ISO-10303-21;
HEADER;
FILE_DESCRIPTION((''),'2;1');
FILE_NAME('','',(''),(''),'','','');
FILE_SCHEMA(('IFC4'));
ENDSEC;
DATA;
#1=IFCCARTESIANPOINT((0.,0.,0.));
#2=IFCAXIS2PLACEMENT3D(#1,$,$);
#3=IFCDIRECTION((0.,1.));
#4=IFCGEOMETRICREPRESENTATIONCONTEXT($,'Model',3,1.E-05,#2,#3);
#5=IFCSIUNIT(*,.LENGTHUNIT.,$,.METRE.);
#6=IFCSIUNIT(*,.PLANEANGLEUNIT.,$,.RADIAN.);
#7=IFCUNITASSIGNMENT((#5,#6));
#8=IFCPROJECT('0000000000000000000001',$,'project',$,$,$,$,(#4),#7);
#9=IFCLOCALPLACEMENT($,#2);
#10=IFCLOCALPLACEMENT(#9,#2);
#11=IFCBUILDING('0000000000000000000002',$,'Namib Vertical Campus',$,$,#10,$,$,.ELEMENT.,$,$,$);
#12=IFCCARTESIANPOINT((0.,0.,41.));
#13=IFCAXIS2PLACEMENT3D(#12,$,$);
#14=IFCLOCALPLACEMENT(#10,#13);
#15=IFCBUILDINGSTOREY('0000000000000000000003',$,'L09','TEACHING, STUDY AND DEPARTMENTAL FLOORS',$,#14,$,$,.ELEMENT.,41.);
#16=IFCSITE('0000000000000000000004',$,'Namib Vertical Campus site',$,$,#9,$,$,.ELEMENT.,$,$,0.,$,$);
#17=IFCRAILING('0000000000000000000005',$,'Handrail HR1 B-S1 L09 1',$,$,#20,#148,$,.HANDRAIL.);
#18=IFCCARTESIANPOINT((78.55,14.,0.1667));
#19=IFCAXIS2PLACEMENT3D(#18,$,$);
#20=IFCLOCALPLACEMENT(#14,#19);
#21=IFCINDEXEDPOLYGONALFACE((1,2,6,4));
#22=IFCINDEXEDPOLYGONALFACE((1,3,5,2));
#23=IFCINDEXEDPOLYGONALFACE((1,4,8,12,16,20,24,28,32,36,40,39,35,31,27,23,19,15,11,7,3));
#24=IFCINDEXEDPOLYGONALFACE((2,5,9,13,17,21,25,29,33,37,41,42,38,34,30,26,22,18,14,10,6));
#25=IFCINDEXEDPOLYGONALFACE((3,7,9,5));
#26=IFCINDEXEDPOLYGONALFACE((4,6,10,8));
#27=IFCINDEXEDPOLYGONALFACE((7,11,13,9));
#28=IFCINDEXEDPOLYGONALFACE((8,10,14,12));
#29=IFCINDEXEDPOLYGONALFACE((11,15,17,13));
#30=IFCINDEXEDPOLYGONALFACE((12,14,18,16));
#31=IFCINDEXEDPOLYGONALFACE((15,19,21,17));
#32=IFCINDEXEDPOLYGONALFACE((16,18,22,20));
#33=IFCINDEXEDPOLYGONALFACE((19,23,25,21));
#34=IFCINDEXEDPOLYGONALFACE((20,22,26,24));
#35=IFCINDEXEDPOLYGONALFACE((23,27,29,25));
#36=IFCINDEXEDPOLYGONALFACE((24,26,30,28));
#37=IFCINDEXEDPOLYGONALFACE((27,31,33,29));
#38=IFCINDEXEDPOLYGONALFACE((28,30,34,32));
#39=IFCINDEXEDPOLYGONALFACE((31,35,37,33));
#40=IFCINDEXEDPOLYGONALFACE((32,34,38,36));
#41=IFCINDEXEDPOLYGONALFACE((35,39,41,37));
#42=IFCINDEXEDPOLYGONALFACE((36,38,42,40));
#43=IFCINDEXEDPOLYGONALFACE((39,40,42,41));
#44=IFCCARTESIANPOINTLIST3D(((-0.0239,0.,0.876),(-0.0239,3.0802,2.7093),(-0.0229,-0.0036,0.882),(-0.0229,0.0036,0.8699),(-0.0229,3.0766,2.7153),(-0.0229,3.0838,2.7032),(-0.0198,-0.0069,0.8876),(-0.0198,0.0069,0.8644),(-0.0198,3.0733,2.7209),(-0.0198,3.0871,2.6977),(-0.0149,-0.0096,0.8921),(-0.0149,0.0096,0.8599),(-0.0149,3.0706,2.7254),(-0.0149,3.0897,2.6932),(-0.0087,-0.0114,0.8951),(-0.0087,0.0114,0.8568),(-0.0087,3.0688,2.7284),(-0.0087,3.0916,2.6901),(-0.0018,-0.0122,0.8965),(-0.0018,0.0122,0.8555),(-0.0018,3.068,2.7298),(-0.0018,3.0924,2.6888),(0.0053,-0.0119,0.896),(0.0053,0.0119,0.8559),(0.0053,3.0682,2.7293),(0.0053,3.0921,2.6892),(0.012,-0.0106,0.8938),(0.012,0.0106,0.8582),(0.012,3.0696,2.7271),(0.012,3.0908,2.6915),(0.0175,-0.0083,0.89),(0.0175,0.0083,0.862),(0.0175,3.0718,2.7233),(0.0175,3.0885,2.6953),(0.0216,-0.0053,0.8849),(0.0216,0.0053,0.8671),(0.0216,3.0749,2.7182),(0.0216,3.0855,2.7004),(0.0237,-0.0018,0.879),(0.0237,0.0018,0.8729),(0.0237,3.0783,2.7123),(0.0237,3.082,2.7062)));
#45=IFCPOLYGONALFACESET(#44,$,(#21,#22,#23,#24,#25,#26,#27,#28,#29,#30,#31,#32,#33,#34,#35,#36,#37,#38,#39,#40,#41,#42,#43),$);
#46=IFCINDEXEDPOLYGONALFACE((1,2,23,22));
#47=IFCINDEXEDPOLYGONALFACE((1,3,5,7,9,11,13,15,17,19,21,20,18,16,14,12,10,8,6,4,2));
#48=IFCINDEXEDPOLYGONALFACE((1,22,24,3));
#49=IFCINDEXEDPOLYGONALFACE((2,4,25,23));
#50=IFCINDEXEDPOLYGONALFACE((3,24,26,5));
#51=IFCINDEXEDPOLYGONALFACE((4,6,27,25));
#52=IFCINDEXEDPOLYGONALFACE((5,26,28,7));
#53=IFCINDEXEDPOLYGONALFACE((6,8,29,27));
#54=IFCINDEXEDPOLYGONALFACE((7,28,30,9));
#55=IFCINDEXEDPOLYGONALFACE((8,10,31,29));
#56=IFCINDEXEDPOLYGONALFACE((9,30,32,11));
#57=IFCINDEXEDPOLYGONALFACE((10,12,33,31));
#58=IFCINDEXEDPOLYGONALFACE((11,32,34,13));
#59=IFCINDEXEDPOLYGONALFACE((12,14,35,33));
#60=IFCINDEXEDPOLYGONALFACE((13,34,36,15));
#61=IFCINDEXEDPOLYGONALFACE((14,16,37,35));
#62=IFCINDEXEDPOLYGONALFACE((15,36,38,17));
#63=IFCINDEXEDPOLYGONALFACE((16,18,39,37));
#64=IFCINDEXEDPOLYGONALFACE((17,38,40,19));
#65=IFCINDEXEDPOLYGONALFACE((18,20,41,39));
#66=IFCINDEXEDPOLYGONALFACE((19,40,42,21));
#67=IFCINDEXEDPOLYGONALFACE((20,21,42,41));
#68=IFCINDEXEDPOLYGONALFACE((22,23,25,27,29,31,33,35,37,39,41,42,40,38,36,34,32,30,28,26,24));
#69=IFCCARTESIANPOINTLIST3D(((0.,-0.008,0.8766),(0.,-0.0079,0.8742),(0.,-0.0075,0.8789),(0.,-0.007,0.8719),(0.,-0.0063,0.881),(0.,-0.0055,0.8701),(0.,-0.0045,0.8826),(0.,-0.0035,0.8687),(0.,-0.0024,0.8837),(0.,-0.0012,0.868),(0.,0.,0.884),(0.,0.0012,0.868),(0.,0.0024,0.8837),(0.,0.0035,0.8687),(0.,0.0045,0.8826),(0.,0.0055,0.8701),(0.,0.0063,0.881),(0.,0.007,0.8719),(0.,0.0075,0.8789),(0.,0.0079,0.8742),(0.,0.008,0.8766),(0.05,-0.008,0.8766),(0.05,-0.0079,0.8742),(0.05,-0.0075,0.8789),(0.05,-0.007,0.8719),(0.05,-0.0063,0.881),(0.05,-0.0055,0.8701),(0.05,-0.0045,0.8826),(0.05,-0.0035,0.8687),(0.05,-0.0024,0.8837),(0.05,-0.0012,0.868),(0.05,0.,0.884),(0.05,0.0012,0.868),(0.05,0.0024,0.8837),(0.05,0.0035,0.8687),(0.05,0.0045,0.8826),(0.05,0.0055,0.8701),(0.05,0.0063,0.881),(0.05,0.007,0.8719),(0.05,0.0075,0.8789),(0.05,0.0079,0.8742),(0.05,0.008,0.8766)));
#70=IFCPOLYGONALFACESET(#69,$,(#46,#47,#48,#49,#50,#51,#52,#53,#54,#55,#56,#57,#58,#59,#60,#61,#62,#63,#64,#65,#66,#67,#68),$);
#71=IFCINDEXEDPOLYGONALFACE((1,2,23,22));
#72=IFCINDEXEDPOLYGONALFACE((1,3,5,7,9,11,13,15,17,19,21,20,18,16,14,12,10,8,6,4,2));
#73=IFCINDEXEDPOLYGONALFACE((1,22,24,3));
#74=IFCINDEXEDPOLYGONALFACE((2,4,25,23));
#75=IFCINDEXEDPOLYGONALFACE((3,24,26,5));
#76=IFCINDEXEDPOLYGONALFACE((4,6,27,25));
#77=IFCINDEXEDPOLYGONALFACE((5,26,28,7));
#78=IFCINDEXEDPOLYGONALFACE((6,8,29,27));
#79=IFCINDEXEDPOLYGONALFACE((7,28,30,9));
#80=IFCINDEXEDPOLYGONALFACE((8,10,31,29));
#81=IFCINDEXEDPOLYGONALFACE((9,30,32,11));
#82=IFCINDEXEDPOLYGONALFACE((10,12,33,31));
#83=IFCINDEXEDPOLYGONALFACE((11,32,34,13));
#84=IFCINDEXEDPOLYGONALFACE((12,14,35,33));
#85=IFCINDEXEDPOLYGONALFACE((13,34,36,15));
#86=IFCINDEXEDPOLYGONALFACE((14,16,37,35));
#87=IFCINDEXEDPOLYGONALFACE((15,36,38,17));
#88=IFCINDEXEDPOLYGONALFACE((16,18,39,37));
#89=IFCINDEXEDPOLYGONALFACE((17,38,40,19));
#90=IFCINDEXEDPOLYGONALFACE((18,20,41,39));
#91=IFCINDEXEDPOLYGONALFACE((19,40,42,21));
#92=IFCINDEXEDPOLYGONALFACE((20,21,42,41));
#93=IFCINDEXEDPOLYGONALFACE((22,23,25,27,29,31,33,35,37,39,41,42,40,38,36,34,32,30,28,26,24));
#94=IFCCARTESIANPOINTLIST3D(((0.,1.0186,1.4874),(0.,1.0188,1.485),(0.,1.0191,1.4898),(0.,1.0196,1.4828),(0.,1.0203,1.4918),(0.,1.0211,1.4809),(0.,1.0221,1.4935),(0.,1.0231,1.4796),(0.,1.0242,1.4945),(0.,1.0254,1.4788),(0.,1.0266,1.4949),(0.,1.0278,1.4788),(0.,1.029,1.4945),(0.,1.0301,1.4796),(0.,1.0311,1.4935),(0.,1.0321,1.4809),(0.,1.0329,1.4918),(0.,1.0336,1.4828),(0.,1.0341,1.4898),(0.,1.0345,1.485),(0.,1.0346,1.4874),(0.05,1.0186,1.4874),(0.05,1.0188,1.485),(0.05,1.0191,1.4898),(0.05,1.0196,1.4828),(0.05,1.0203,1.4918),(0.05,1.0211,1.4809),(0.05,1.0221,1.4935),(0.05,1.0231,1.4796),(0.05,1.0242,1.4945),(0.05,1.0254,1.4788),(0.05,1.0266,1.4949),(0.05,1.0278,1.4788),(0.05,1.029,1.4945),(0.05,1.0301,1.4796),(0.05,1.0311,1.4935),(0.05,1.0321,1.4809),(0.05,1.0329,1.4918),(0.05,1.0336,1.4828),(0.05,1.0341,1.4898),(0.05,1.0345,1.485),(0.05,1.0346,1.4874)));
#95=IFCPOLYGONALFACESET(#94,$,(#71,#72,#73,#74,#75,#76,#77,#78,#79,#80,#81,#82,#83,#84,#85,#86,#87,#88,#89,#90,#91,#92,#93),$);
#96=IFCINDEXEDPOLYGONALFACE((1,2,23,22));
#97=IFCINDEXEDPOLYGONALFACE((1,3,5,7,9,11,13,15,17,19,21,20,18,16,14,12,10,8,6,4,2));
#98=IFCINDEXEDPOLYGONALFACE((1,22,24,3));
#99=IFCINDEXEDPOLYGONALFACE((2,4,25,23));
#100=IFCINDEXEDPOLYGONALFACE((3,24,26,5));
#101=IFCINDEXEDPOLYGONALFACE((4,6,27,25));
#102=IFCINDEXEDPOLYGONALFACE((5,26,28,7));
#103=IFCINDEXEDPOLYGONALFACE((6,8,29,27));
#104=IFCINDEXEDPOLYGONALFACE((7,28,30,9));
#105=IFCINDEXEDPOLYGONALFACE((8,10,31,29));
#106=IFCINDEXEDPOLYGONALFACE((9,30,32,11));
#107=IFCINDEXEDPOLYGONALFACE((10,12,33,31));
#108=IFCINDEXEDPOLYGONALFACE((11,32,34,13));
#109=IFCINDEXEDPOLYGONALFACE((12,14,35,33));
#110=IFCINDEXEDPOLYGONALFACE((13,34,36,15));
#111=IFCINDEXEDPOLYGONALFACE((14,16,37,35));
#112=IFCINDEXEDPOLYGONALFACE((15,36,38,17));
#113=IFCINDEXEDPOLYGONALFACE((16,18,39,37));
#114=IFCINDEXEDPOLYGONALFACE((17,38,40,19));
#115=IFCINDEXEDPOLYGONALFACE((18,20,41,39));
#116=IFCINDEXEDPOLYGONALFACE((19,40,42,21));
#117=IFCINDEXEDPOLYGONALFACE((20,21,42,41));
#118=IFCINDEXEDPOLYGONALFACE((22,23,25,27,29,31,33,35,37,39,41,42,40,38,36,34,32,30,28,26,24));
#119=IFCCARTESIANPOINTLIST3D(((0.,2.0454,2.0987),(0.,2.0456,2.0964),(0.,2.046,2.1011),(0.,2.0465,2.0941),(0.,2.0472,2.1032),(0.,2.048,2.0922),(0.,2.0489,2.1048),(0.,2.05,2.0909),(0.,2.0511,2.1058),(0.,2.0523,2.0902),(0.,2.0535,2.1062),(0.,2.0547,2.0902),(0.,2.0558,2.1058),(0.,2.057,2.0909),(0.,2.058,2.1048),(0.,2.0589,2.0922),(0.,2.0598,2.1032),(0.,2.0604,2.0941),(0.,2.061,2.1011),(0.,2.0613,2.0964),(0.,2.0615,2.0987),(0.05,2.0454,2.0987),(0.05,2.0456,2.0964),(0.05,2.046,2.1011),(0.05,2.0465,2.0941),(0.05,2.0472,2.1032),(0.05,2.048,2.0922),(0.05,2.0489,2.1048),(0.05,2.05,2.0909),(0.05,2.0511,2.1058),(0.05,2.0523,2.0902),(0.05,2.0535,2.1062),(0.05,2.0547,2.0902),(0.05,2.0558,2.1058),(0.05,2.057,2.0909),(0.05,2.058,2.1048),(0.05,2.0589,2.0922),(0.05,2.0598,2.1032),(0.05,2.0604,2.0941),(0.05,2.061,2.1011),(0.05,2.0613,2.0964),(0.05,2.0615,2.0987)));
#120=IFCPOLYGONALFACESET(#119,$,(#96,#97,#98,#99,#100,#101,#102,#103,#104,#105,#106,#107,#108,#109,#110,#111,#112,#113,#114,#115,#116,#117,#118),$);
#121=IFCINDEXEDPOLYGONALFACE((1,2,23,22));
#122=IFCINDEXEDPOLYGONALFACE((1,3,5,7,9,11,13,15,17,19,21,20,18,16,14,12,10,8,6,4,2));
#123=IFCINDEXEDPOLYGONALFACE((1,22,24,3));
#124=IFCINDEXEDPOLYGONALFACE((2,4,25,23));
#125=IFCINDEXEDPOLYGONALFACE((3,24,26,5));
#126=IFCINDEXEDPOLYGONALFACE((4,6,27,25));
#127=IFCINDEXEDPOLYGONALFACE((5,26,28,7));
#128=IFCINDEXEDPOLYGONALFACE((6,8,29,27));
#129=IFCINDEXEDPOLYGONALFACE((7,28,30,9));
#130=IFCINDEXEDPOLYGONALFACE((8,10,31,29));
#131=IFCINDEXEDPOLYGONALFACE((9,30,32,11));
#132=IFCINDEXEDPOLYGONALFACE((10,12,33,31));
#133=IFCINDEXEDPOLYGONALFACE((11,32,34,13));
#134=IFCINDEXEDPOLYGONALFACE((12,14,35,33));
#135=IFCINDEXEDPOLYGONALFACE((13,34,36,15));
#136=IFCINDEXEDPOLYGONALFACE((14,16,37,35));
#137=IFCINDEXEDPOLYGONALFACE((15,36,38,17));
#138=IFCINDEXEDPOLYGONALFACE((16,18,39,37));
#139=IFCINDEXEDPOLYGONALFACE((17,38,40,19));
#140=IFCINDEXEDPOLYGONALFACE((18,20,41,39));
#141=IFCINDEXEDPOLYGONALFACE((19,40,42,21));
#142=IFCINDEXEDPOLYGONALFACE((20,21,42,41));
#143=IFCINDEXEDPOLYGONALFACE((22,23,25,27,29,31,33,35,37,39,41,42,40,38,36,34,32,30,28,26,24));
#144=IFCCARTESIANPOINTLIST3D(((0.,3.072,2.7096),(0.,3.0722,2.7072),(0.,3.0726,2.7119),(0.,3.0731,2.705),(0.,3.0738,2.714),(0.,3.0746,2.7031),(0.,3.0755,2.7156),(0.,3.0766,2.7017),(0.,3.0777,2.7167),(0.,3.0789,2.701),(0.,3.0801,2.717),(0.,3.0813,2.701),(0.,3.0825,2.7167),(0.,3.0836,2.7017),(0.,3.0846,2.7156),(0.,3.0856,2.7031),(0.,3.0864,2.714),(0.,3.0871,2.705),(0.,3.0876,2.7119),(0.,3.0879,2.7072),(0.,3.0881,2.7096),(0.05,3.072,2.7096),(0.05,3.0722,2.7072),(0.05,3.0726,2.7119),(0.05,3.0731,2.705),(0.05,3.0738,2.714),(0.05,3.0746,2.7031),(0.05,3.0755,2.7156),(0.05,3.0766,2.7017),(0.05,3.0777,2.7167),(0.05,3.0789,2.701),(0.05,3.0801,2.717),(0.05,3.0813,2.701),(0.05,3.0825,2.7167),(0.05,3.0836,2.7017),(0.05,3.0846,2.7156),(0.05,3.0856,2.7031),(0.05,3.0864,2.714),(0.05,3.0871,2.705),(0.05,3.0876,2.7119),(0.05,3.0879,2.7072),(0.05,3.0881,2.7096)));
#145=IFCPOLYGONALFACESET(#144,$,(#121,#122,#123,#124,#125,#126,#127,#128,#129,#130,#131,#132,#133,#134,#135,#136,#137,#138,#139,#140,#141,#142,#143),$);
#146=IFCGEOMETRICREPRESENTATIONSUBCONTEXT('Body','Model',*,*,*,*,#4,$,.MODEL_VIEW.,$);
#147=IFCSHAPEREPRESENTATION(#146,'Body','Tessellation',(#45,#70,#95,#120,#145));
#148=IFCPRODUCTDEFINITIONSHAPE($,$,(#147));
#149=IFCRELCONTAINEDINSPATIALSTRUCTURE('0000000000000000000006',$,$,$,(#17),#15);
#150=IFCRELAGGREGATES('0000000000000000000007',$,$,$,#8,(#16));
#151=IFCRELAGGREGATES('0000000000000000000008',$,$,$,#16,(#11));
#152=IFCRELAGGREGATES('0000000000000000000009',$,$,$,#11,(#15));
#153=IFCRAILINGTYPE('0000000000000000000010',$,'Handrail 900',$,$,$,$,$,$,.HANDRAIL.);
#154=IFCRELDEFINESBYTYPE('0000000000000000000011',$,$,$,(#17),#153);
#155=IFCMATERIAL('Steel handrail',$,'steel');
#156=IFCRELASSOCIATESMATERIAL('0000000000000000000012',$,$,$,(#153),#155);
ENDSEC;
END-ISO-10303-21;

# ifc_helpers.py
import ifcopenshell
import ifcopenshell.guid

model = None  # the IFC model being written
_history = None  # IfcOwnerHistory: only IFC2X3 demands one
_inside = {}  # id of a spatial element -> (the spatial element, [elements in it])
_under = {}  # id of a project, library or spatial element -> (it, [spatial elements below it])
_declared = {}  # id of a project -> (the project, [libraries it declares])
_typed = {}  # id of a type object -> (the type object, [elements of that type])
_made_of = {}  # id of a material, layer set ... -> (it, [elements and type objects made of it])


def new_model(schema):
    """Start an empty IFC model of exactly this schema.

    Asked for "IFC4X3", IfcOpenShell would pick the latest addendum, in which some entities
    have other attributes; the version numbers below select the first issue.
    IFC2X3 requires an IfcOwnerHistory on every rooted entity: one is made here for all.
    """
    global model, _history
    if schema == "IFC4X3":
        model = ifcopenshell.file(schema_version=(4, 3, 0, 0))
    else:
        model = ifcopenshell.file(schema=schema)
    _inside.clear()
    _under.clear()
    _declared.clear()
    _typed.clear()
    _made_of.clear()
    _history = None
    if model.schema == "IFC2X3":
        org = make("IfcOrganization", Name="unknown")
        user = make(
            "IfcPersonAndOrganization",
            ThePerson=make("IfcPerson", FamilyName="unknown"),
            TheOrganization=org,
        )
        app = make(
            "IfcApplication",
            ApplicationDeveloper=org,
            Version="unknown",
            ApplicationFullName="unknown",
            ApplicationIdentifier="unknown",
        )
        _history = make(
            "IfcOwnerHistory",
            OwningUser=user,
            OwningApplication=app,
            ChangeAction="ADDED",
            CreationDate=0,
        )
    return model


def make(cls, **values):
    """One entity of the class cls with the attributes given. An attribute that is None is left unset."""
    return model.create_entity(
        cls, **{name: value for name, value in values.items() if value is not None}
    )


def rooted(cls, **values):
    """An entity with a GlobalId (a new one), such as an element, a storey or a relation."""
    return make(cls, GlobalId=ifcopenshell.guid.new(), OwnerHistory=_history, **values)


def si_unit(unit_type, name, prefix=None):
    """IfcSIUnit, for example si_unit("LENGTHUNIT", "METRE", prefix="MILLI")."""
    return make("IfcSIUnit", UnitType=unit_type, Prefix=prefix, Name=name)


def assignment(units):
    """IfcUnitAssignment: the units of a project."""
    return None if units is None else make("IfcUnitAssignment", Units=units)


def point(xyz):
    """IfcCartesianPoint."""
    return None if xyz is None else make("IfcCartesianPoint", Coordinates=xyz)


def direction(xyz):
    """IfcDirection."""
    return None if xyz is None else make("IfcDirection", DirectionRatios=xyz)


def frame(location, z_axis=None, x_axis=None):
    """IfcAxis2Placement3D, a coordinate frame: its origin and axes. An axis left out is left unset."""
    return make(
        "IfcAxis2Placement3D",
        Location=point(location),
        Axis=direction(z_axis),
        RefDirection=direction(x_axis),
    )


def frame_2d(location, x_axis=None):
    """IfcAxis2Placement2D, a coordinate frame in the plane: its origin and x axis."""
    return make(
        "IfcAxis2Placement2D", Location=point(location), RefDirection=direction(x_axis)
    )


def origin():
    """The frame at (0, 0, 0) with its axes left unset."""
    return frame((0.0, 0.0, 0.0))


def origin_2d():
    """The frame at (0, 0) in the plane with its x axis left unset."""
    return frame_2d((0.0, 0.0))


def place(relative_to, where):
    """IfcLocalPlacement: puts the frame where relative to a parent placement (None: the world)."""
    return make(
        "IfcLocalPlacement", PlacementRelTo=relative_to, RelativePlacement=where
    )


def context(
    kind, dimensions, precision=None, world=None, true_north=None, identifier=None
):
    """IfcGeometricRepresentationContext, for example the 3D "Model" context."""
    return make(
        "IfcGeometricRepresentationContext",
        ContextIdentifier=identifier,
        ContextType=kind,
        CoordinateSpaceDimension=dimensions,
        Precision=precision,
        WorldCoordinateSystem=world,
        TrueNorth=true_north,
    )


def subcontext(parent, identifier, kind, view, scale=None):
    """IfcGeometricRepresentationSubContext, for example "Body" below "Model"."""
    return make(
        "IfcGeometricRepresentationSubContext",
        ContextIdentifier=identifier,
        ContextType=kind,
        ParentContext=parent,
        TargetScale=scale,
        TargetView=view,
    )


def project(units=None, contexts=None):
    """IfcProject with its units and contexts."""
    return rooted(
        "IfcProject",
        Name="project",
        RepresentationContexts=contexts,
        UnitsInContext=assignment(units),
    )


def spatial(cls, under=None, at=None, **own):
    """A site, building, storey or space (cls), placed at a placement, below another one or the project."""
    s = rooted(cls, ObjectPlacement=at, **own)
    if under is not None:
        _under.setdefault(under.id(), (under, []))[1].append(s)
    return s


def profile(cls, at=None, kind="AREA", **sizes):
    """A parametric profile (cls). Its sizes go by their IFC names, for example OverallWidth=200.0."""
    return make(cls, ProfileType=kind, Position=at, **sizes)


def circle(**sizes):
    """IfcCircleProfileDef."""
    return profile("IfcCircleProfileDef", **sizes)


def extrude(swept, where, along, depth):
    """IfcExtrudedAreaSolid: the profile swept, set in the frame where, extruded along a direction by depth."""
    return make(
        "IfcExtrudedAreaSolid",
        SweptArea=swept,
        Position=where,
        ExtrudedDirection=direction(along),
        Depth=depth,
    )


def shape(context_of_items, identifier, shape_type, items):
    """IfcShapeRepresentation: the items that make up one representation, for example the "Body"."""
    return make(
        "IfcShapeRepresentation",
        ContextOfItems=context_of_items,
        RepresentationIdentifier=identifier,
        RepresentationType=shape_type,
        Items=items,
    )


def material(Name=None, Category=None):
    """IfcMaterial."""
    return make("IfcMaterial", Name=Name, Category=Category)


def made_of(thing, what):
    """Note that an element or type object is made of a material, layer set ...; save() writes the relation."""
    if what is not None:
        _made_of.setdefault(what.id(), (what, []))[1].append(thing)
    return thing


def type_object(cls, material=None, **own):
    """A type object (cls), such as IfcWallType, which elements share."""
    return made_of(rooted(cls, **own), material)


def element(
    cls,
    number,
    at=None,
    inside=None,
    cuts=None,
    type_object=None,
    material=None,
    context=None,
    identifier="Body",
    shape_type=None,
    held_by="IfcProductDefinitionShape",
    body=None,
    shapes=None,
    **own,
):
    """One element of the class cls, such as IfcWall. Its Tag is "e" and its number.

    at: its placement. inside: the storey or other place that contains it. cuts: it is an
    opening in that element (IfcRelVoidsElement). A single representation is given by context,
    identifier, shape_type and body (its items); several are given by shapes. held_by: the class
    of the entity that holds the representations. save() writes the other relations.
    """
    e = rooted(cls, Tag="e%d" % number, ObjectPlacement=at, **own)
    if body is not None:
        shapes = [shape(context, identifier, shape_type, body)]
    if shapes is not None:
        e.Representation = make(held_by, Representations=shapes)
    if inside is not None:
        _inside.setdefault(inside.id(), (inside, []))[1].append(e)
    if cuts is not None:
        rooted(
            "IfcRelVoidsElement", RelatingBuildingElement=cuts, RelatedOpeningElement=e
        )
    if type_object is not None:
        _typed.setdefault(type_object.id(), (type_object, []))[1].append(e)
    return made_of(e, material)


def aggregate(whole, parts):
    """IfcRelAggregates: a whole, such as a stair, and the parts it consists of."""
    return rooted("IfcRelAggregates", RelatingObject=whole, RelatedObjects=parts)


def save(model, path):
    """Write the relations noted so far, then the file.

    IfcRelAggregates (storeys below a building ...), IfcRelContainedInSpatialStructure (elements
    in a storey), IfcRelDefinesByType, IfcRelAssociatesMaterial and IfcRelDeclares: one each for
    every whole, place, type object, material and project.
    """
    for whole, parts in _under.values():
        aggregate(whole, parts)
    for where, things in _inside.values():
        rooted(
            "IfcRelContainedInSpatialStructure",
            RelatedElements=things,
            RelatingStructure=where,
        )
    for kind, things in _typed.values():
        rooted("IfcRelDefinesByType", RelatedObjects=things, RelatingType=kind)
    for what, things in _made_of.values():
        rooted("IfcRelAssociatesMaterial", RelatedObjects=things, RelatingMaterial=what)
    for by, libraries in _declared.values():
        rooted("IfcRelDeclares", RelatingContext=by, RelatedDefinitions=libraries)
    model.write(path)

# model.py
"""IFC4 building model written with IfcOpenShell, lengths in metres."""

from ifc_helpers import new_model, si_unit, direction, frame, origin, origin_2d, place, context, subcontext, project, spatial, circle, extrude, material, type_object, element, save


model = new_model("IFC4")

# Units and contexts
model_context = context("Model", 3, precision=1e-05, world=origin(), true_north=direction((0.0, 1.0)))
body_context = subcontext(model_context, "Body", "Model", "MODEL_VIEW")
ifc_project = project(units=[si_unit("LENGTHUNIT", "METRE"), si_unit("PLANEANGLEUNIT", "RADIAN")], contexts=[model_context])

# Site, building, storey
site_placement = place(None, origin())
site = spatial("IfcSite", under=ifc_project, at=site_placement, Name="Namib Vertical Campus site", CompositionType="ELEMENT", RefElevation=0.0)
building_placement = place(site_placement, origin())
building = spatial("IfcBuilding", under=site, at=building_placement, Name="Namib Vertical Campus", CompositionType="ELEMENT")
storey_placement = place(building_placement, frame((0.0, 0.0, 41.0)))
storey = spatial("IfcBuildingStorey", under=building, at=storey_placement, Name="L09", Description="TEACHING, STUDY AND DEPARTMENTAL FLOORS", CompositionType="ELEMENT", Elevation=41.0)

# Railing
ifc_material_1 = material(Name="Steel handrail", Category="steel")
railing_type_1 = type_object("IfcRailingType", Name="Handrail 900", PredefinedType="HANDRAIL", material=ifc_material_1)
railing_1_placement = place(storey_placement, frame((78.55, 14.0, 0.1667)))
element("IfcRailing", 1, at=railing_1_placement, inside=storey, type_object=railing_type_1, Name="Handrail HR1 B-S1 L09 1", PredefinedType="HANDRAIL", context=body_context, shape_type="SweptSolid", body=[
    extrude(circle(Radius=0.0239, at=origin_2d()), frame((0.0, 0.0, 0.876), z_axis=(0.0, 0.859309, 0.511458), x_axis=(-1.0, 0.0, 0.0)), (0.0, 0.0, 1.0), 3.5845),
    extrude(circle(Radius=0.0081, at=origin_2d()), frame((0.0, 0.0, 0.876), z_axis=(1.0, 0.0, 0.0), x_axis=(0.0, 0.0, 1.0)), (0.0, 0.0, 1.0), 0.05),
    extrude(circle(Radius=0.0081, at=origin_2d()), frame((0.0, 1.0266, 1.4868), z_axis=(1.0, 0.0, 0.0), x_axis=(0.0, 0.0, 1.0)), (0.0, 0.0, 1.0), 0.05),
    extrude(circle(Radius=0.0081, at=origin_2d()), frame((0.0, 2.0535, 2.0981), z_axis=(1.0, 0.0, 0.0), x_axis=(0.0, 0.0, 1.0)), (0.0, 0.0, 1.0), 0.05),
    extrude(circle(Radius=0.0081, at=origin_2d()), frame((0.0, 3.0801, 2.709), z_axis=(1.0, 0.0, 0.0), x_axis=(0.0, 0.0, 1.0)), (0.0, 0.0, 1.0), 0.05),
])

save(model, "model.ifc")
